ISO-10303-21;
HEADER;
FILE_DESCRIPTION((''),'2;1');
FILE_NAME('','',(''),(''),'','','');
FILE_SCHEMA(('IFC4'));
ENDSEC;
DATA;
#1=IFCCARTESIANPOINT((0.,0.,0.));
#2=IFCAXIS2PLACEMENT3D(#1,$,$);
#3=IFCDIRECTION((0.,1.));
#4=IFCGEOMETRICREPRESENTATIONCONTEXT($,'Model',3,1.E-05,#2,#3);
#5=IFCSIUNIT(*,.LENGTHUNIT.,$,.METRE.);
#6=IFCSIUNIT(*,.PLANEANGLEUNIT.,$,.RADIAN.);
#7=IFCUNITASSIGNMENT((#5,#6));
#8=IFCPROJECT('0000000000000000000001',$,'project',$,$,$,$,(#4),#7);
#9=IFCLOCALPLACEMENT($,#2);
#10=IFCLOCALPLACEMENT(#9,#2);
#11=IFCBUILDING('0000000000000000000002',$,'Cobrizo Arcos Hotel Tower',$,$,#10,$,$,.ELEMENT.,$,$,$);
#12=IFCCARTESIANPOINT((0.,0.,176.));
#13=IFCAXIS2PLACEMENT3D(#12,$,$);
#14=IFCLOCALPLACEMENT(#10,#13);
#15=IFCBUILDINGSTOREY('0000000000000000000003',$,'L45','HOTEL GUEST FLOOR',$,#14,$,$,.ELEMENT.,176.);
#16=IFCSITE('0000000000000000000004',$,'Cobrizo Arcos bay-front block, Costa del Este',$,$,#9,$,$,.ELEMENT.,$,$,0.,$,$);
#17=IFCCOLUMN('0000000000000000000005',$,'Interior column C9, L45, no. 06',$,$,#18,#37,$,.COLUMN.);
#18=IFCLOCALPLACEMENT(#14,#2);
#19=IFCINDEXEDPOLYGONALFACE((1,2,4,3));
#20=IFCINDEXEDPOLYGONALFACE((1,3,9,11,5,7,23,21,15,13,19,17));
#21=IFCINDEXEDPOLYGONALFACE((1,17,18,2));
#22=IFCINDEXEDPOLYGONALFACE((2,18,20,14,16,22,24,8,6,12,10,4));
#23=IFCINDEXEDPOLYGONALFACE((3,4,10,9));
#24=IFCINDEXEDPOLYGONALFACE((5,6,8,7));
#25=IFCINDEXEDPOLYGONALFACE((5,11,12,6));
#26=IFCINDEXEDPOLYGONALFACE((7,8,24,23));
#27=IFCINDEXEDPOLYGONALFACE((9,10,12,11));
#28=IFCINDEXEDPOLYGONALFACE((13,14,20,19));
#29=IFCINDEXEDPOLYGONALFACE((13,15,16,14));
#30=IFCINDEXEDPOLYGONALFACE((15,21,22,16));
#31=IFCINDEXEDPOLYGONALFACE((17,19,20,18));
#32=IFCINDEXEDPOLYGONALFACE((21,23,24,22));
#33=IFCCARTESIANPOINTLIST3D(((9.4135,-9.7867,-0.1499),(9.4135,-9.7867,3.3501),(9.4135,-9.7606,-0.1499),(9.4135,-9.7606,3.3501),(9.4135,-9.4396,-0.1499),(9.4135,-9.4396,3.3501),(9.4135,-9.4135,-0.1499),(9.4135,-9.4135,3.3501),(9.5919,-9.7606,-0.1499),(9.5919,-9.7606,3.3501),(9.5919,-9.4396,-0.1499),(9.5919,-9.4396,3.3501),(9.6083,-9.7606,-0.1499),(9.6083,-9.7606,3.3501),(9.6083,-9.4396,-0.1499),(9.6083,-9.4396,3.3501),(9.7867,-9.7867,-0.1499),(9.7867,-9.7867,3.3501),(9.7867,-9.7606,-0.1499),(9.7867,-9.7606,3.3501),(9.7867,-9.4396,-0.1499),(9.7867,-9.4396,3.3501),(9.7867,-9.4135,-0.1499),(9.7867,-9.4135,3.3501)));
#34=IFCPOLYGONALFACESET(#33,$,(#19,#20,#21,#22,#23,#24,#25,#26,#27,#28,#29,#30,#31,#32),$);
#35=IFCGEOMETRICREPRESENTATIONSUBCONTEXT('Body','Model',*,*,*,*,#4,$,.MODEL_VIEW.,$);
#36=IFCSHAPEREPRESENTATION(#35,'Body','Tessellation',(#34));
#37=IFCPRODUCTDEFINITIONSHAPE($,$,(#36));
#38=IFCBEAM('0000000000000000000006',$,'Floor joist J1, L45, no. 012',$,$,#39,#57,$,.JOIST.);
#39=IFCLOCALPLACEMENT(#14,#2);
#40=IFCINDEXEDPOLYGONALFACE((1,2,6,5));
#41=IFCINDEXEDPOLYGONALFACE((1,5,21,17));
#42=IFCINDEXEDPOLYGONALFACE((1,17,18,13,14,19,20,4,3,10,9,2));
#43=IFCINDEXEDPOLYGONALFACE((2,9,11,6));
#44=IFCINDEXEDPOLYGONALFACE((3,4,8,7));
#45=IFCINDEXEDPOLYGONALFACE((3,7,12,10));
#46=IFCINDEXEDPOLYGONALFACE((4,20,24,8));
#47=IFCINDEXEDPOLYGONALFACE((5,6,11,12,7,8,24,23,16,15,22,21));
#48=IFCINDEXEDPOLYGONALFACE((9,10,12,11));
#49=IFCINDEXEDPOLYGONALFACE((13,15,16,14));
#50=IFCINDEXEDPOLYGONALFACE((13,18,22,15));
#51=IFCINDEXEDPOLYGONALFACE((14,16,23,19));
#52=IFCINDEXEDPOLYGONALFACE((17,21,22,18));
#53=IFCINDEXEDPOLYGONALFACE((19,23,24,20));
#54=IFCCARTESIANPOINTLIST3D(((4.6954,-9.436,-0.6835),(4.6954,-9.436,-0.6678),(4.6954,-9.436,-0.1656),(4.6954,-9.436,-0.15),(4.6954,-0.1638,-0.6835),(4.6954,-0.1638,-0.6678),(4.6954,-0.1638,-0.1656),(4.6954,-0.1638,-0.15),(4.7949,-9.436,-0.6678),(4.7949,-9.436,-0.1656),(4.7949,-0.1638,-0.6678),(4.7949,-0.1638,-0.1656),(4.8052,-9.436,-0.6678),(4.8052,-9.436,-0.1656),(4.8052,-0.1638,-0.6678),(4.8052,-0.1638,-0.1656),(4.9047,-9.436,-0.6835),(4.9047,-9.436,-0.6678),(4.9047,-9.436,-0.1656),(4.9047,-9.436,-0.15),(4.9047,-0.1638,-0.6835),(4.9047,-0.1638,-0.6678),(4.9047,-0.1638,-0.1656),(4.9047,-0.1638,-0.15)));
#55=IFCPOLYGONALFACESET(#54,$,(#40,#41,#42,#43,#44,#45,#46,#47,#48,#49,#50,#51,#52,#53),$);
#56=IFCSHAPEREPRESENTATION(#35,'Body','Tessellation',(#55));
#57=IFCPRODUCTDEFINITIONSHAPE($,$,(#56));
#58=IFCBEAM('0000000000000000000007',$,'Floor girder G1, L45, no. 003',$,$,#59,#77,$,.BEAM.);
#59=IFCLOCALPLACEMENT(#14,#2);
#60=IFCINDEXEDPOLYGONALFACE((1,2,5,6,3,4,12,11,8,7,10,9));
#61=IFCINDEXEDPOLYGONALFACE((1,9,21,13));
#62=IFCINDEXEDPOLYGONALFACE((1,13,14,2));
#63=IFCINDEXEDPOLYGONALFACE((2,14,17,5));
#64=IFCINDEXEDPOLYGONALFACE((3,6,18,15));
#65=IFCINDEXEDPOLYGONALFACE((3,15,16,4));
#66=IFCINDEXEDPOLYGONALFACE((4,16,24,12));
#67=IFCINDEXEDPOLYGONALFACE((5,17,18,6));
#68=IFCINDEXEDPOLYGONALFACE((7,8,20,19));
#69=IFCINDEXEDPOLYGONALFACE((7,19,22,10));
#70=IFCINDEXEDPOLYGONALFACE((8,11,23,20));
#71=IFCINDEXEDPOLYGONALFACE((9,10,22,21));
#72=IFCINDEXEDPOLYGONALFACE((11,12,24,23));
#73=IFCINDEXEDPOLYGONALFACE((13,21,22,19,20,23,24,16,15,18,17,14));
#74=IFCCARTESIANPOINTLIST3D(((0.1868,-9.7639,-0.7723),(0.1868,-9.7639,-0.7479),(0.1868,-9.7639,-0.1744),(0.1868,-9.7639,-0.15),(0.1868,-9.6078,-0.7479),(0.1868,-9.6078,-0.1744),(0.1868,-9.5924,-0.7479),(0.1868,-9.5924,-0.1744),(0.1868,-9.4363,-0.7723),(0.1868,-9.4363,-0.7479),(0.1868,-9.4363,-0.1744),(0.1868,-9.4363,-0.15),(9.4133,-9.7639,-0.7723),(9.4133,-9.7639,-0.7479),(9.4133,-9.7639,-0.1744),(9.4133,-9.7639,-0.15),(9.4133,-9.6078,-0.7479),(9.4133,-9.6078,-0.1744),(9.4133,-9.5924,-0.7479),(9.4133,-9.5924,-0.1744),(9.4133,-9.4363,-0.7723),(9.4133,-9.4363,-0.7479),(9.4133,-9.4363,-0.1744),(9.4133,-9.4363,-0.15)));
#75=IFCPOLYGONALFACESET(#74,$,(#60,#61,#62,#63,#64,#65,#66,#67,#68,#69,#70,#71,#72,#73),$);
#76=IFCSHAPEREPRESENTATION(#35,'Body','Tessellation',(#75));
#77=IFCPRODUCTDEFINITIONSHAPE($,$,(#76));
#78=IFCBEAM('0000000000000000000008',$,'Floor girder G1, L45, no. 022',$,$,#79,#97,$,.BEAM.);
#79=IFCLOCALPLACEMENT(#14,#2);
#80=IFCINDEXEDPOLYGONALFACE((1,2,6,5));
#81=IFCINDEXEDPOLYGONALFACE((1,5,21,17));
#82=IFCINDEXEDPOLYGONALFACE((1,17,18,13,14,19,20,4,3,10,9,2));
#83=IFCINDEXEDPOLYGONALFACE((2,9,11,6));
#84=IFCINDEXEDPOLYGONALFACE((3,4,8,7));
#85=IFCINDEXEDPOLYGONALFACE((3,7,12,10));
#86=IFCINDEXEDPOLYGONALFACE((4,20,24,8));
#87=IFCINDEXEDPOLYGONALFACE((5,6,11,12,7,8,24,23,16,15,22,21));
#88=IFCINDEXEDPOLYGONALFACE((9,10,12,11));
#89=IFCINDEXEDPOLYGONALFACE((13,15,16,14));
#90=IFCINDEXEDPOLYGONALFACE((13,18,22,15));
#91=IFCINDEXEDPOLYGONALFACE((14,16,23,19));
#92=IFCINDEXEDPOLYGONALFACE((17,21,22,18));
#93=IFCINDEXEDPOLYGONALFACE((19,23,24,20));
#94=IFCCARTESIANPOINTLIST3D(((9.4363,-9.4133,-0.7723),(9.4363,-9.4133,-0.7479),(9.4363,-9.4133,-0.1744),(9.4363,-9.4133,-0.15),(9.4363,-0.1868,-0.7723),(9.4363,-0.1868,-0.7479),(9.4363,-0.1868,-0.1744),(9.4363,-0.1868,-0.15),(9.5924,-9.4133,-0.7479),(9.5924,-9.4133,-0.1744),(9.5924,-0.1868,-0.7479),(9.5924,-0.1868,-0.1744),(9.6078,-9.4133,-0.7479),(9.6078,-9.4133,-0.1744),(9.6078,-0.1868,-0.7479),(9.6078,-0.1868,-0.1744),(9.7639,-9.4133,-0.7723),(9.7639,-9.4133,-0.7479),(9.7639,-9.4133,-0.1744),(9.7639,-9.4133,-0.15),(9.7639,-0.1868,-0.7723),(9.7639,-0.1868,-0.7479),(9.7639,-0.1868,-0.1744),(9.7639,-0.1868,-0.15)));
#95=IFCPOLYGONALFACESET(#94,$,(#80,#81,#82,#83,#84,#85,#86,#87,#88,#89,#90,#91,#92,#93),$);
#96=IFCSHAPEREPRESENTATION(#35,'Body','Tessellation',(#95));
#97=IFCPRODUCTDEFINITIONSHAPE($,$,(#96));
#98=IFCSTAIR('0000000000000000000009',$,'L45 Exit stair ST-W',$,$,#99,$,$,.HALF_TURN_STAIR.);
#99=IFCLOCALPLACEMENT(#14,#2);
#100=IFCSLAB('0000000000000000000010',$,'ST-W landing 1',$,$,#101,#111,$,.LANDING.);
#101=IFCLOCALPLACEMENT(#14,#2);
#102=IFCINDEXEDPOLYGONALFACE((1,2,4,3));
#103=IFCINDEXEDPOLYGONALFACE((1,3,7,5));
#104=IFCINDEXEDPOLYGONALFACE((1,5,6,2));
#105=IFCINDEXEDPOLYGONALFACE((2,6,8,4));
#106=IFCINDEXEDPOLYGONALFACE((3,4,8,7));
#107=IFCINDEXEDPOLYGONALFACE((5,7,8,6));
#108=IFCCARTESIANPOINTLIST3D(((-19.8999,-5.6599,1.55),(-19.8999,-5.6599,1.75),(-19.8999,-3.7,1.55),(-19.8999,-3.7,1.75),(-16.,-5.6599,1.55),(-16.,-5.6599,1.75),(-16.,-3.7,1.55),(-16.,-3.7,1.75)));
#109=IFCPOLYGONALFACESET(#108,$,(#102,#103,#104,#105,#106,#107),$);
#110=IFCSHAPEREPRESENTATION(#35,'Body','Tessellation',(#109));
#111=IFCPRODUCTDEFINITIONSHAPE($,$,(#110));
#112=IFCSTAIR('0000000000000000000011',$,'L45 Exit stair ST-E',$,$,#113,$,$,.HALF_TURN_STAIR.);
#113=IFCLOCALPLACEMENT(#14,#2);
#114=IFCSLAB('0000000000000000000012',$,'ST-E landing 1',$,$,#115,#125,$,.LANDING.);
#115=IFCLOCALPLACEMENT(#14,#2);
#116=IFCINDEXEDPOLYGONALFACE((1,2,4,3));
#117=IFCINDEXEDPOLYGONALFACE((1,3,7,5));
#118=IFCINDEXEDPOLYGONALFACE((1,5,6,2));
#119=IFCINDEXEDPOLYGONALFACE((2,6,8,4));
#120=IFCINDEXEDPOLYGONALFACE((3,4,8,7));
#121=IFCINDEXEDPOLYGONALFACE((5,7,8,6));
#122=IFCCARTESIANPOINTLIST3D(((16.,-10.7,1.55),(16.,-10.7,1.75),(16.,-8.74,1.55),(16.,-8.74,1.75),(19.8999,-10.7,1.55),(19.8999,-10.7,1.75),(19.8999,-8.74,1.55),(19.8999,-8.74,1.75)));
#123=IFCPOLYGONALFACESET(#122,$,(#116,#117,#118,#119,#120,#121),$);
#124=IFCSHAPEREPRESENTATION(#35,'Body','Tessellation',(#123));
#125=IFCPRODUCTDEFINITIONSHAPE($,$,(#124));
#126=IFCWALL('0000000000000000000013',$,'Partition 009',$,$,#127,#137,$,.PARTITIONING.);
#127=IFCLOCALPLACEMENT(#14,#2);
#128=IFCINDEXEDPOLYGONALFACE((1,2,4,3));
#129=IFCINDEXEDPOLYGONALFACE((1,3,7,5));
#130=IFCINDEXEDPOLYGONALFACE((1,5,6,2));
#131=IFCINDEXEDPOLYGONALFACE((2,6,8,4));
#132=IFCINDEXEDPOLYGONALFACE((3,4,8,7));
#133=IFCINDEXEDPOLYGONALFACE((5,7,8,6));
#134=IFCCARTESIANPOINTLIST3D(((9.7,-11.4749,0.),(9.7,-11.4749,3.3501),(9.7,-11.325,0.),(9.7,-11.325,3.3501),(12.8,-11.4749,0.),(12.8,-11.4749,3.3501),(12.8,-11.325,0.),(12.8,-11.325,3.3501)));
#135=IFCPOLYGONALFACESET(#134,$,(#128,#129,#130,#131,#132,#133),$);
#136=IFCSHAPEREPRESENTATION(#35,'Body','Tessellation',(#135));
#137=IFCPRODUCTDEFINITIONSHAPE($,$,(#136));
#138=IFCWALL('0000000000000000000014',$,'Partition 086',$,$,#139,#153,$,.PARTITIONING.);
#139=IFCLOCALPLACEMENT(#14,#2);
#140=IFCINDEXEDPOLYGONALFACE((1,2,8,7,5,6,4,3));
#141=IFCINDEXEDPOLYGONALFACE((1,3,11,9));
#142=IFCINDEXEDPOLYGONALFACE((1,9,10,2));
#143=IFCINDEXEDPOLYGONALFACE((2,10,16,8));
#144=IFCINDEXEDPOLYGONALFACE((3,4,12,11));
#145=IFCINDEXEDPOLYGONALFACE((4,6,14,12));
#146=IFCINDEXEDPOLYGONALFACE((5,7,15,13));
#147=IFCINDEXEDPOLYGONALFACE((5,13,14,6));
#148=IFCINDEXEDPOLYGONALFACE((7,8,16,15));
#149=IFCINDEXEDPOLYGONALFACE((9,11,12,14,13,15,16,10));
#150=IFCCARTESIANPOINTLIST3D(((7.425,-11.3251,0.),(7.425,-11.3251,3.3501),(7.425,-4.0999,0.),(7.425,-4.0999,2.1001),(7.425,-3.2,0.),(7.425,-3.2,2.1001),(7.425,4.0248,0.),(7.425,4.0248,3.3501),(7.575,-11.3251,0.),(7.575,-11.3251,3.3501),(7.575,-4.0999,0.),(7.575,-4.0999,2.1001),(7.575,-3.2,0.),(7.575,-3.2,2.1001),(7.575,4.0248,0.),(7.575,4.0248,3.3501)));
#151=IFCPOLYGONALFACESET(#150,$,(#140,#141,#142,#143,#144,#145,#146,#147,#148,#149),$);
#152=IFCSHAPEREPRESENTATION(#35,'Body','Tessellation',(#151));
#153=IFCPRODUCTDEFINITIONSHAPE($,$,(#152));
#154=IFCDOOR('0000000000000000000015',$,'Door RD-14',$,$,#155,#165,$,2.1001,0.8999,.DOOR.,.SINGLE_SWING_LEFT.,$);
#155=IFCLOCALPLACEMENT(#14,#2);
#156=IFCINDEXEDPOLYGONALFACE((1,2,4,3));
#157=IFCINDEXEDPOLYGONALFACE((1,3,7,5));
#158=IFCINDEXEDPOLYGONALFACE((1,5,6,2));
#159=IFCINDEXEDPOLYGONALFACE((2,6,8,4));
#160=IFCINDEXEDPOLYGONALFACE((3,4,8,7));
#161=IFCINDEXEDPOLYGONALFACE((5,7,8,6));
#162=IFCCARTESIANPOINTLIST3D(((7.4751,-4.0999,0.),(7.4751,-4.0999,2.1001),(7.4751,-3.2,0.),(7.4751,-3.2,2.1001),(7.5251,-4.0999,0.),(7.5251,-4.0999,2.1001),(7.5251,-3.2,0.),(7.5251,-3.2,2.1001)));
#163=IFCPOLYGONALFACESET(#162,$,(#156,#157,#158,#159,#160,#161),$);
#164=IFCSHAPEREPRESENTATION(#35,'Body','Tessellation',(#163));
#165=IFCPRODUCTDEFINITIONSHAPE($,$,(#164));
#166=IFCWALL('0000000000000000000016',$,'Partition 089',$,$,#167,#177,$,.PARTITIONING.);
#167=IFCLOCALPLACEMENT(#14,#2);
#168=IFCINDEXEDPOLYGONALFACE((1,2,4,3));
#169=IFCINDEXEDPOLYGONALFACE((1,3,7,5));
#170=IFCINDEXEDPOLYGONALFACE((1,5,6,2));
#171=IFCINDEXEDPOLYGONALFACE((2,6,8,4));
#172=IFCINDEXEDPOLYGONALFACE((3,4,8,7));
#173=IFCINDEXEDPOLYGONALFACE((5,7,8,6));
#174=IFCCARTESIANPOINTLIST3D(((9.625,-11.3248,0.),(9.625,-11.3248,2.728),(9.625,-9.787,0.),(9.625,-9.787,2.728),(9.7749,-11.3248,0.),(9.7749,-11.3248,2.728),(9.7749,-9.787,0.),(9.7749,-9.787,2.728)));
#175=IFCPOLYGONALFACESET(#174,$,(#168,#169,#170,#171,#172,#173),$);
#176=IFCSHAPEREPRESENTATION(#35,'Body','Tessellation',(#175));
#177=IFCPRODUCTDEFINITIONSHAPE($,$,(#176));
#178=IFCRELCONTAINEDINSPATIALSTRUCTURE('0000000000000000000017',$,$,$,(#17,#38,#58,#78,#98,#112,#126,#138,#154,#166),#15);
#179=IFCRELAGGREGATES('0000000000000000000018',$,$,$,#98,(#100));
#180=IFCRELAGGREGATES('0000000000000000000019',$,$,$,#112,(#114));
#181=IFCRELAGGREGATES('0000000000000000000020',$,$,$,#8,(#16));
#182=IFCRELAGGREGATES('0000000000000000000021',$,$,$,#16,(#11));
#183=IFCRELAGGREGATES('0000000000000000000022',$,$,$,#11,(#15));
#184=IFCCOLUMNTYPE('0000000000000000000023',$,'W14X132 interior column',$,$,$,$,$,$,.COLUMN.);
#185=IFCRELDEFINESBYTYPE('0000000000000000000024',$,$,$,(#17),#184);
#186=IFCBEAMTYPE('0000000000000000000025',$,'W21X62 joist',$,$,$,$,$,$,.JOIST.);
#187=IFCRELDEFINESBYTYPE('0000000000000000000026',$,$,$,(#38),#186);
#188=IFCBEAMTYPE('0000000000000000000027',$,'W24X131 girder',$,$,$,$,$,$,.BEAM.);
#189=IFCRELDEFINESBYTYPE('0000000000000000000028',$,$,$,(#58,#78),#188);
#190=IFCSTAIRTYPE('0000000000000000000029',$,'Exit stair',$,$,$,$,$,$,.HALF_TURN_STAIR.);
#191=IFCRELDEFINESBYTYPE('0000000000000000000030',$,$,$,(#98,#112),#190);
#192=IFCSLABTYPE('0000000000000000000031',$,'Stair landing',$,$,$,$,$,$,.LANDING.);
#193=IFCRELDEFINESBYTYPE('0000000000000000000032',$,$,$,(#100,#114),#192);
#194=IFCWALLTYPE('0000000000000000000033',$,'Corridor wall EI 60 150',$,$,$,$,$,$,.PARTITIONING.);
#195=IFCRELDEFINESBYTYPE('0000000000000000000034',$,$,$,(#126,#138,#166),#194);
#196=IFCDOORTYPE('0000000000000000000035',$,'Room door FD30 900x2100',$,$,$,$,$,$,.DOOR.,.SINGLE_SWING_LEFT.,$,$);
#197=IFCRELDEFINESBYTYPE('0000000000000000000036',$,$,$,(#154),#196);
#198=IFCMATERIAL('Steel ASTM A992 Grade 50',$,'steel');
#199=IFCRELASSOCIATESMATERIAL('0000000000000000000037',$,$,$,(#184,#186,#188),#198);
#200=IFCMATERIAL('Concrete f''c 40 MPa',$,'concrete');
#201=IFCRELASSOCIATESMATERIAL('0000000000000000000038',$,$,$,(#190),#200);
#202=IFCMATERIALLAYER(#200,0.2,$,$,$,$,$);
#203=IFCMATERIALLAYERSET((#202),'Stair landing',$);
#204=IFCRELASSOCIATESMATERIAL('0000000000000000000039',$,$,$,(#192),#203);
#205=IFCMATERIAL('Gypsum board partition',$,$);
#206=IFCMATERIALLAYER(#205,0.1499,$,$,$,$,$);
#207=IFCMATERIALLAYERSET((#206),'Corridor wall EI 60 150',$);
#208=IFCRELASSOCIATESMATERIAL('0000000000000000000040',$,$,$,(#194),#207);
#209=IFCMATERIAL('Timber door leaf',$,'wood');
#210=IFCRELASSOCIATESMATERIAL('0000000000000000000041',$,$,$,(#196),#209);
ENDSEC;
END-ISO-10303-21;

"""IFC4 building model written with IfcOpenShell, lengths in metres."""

from ifc_helpers import new_model, si_unit, direction, frame, frame_2d, origin, origin_2d, place, context, subcontext, project, spatial, polyline, rectangle, i_section, outline, extrude, material, layer, layer_set, material_profile, profile_set, type_object, element, fill, aggregate, save


model = new_model("IFC4")

# Units and contexts
model_context = context("Model", 3, precision=1e-05, world=origin(), true_north=direction((0.0, 1.0)))
body_context = subcontext(model_context, "Body", "Model", "MODEL_VIEW")
ifc_project = project(units=[si_unit("LENGTHUNIT", "METRE"), si_unit("PLANEANGLEUNIT", "RADIAN")], contexts=[model_context])

# Site, building, storey
site_placement = place(None, origin())
site = spatial("IfcSite", under=ifc_project, at=site_placement, Name="Cobrizo Arcos bay-front block, Costa del Este", CompositionType="ELEMENT", RefElevation=0.0)
building_placement = place(site_placement, origin())
building = spatial("IfcBuilding", under=site, at=building_placement, Name="Cobrizo Arcos Hotel Tower", CompositionType="ELEMENT")
storey_placement = place(building_placement, frame((0.0, 0.0, 176.0)))
storey = spatial("IfcBuildingStorey", under=building, at=storey_placement, Name="L45", Description="HOTEL GUEST FLOOR", CompositionType="ELEMENT", Elevation=176.0)

# Column
ifc_material_1 = material(Name="Steel ASTM A992 Grade 50", Category="steel")
ifc_material_profile_1 = material_profile(ifc_material_1, i_section(OverallWidth=0.3733, OverallDepth=0.3733, WebThickness=0.0164, FlangeThickness=0.0261, at=origin_2d()), Name="W14X132")
ifc_profile_set_1 = profile_set([ifc_material_profile_1], Name="Steel ASTM A992 Grade 50")
column_type = type_object("IfcColumnType", Name="W14X132 interior column", PredefinedType="COLUMN", material=ifc_profile_set_1)
column_placement = place(storey_placement, frame((9.6001, -9.6001, -0.1499), z_axis=(0.0, 0.0, 1.0), x_axis=(1.0, 0.0, 0.0)))
element("IfcColumn", 1, at=column_placement, inside=storey, type_object=column_type, Name="Interior column C9, L45, no. 06", PredefinedType="COLUMN", context=body_context, shape_type="SweptSolid", body=[
    extrude(i_section(OverallWidth=0.3733, OverallDepth=0.3733, WebThickness=0.0164, FlangeThickness=0.0261, at=origin_2d()), origin(), (0.0, 0.0, 1.0), 3.5),
])

# Beams
ifc_material_profile_2 = material_profile(ifc_material_1, i_section(OverallWidth=0.2092, OverallDepth=0.5334, WebThickness=0.0103, FlangeThickness=0.0156, at=origin_2d()), Name="W21X62")
ifc_profile_set_2 = profile_set([ifc_material_profile_2], Name="Steel ASTM A992 Grade 50")
beam_type_1 = type_object("IfcBeamType", Name="W21X62 joist", PredefinedType="JOIST", material=ifc_profile_set_2)
beam_placement = place(storey_placement, frame((4.8, -9.436, -0.4167), z_axis=(0.0, 1.0, 0.0), x_axis=(-1.0, 0.0, 0.0)))
element("IfcBeam", 2, at=beam_placement, inside=storey, type_object=beam_type_1, Name="Floor joist J1, L45, no. 012", PredefinedType="JOIST", context=body_context, shape_type="SweptSolid", body=[
    extrude(i_section(OverallWidth=0.2092, OverallDepth=0.5334, WebThickness=0.0103, FlangeThickness=0.0156, at=origin_2d()), origin(), (0.0, 0.0, 1.0), 9.2722),
])
ifc_material_profile_3 = material_profile(ifc_material_1, i_section(OverallWidth=0.3276, OverallDepth=0.6223, WebThickness=0.0154, FlangeThickness=0.0244, at=origin_2d()), Name="W24X131")
ifc_profile_set_3 = profile_set([ifc_material_profile_3], Name="Steel ASTM A992 Grade 50")
beam_type_2 = type_object("IfcBeamType", Name="W24X131 girder", PredefinedType="BEAM", material=ifc_profile_set_3)
for number, where, z_axis, x_axis, name in (
    (3, (0.1868, -9.6001, -0.4612), (1.0, 0.0, 0.0), (0.0, 1.0, 0.0), "Floor girder G1, L45, no. 003"),
    (4, (9.6001, -9.4133, -0.4612), (0.0, 1.0, 0.0), (-1.0, 0.0, 0.0), "Floor girder G1, L45, no. 022"),
):
    element("IfcBeam", number, at=place(storey_placement, frame(where, z_axis=z_axis, x_axis=x_axis)), inside=storey, type_object=beam_type_2, Name=name, PredefinedType="BEAM", context=body_context, shape_type="SweptSolid", body=[
        extrude(i_section(OverallWidth=0.3276, OverallDepth=0.6223, WebThickness=0.0154, FlangeThickness=0.0244, at=origin_2d()), origin(), (0.0, 0.0, 1.0), 9.2266),
    ])

# Stairs, slabs
ifc_material_2 = material(Name="Concrete f'c 40 MPa", Category="concrete")
stair_type = type_object("IfcStairType", Name="Exit stair", PredefinedType="HALF_TURN_STAIR", material=ifc_material_2)
stair_1_placement = place(storey_placement, origin())
stair_1 = element("IfcStair", 5, at=stair_1_placement, inside=storey, type_object=stair_type, Name="L45 Exit stair ST-W", PredefinedType="HALF_TURN_STAIR")
ifc_layer_1 = layer(ifc_material_2, 0.2)
ifc_layer_set_1 = layer_set([ifc_layer_1], Name="Stair landing")
slab_type = type_object("IfcSlabType", Name="Stair landing", PredefinedType="LANDING", material=ifc_layer_set_1)
slab_1_placement = place(storey_placement, frame((0.0, 0.0, 1.55)))
slab_1 = element("IfcSlab", 6, at=slab_1_placement, type_object=slab_type, Name="ST-W landing 1", PredefinedType="LANDING", context=body_context, shape_type="SweptSolid", body=[
    extrude(outline(polyline([(-16.0, -5.6599), (-16.0, -3.7), (-19.8999, -3.7), (-19.8999, -5.6599), (-16.0, -5.6599)])), origin(), (0.0, 0.0, 1.0), 0.2),
])
aggregate(stair_1, [slab_1])
stair_2_placement = place(storey_placement, origin())
stair_2 = element("IfcStair", 7, at=stair_2_placement, inside=storey, type_object=stair_type, Name="L45 Exit stair ST-E", PredefinedType="HALF_TURN_STAIR")
slab_2_placement = place(storey_placement, frame((0.0, 0.0, 1.55)))
slab_2 = element("IfcSlab", 8, at=slab_2_placement, type_object=slab_type, Name="ST-E landing 1", PredefinedType="LANDING", context=body_context, shape_type="SweptSolid", body=[
    extrude(outline(polyline([(16.0, -8.74), (16.0, -10.7), (19.8999, -10.7), (19.8999, -8.74), (16.0, -8.74)])), origin(), (0.0, 0.0, 1.0), 0.2),
])
aggregate(stair_2, [slab_2])

# Wall
ifc_material_3 = material(Name="Gypsum board partition")
ifc_layer_2 = layer(ifc_material_3, 0.1499)
ifc_layer_set_2 = layer_set([ifc_layer_2], Name="Corridor wall EI 60 150")
wall_type_1 = type_object("IfcWallType", Name="Corridor wall EI 60 150", PredefinedType="PARTITIONING", material=ifc_layer_set_2)
wall_1_placement = place(storey_placement, frame((9.7, -11.3999, 0.0), z_axis=(0.0, 0.0, 1.0), x_axis=(1.0, 0.0, 0.0)))
element("IfcWall", 9, at=wall_1_placement, inside=storey, type_object=wall_type_1, Name="Partition 009", PredefinedType="PARTITIONING", context=body_context, shape_type="SweptSolid", body=[
    extrude(rectangle(XDim=3.1001, YDim=0.1499, at=frame_2d((1.55, 0.0))), origin(), (0.0, 0.0, 1.0), 3.3501),
])

# Wall, opening, door
wall_2_placement = place(storey_placement, frame((7.5, -11.325, 0.0), z_axis=(0.0, 0.0, 1.0), x_axis=(0.0, 1.0, 0.0)))
wall_2 = element("IfcWall", 10, at=wall_2_placement, inside=storey, type_object=wall_type_1, Name="Partition 086", PredefinedType="PARTITIONING", context=body_context, shape_type="SweptSolid", body=[
    extrude(rectangle(XDim=15.3499, YDim=0.1499, at=frame_2d((7.6748, 0.0))), origin(), (0.0, 0.0, 1.0), 3.3501),
])
opening_placement = place(wall_2_placement, frame((7.2251, 0.0, 0.0)))
opening = element("IfcOpeningElement", 11, at=opening_placement, cuts=wall_2, PredefinedType="OPENING", context=body_context, shape_type="SweptSolid", body=[
    extrude(rectangle(XDim=0.8999, YDim=2.1001, at=frame_2d((0.45, 1.05))), frame((0.0, 0.0869, 0.0), z_axis=(0.0, -1.0, 0.0), x_axis=(1.0, 0.0, 0.0)), (0.0, 0.0, 1.0), 0.1738),
])
ifc_material_4 = material(Name="Timber door leaf", Category="wood")
door_type = type_object("IfcDoorType", Name="Room door FD30 900x2100", OperationType="SINGLE_SWING_LEFT", PredefinedType="DOOR", material=ifc_material_4)
door_placement = place(opening_placement, origin())
door = element("IfcDoor", 12, at=door_placement, inside=storey, type_object=door_type, Name="Door RD-14", OperationType="SINGLE_SWING_LEFT", OverallHeight=2.1001, OverallWidth=0.8999, PredefinedType="DOOR", context=body_context, shape_type="SweptSolid", body=[
    extrude(rectangle(XDim=0.8999, YDim=2.1001, at=frame_2d((0.45, 1.05))), frame((0.0, 0.0249, 0.0), z_axis=(0.0, -1.0, 0.0), x_axis=(1.0, 0.0, 0.0)), (0.0, 0.0, 1.0), 0.05),
])
fill(opening, door)

# Wall
wall_3_placement = place(storey_placement, frame((9.7, -11.325, 0.0), z_axis=(0.0, 0.0, 1.0), x_axis=(0.0, 1.0, 0.0)))
element("IfcWall", 13, at=wall_3_placement, inside=storey, type_object=wall_type_1, Name="Partition 089", PredefinedType="PARTITIONING", context=body_context, shape_type="SweptSolid", body=[
    extrude(rectangle(XDim=1.5378, YDim=0.1499, at=frame_2d((0.769, 0.0))), origin(), (0.0, 0.0, 1.0), 2.728),
])

save(model, "model.ifc")
